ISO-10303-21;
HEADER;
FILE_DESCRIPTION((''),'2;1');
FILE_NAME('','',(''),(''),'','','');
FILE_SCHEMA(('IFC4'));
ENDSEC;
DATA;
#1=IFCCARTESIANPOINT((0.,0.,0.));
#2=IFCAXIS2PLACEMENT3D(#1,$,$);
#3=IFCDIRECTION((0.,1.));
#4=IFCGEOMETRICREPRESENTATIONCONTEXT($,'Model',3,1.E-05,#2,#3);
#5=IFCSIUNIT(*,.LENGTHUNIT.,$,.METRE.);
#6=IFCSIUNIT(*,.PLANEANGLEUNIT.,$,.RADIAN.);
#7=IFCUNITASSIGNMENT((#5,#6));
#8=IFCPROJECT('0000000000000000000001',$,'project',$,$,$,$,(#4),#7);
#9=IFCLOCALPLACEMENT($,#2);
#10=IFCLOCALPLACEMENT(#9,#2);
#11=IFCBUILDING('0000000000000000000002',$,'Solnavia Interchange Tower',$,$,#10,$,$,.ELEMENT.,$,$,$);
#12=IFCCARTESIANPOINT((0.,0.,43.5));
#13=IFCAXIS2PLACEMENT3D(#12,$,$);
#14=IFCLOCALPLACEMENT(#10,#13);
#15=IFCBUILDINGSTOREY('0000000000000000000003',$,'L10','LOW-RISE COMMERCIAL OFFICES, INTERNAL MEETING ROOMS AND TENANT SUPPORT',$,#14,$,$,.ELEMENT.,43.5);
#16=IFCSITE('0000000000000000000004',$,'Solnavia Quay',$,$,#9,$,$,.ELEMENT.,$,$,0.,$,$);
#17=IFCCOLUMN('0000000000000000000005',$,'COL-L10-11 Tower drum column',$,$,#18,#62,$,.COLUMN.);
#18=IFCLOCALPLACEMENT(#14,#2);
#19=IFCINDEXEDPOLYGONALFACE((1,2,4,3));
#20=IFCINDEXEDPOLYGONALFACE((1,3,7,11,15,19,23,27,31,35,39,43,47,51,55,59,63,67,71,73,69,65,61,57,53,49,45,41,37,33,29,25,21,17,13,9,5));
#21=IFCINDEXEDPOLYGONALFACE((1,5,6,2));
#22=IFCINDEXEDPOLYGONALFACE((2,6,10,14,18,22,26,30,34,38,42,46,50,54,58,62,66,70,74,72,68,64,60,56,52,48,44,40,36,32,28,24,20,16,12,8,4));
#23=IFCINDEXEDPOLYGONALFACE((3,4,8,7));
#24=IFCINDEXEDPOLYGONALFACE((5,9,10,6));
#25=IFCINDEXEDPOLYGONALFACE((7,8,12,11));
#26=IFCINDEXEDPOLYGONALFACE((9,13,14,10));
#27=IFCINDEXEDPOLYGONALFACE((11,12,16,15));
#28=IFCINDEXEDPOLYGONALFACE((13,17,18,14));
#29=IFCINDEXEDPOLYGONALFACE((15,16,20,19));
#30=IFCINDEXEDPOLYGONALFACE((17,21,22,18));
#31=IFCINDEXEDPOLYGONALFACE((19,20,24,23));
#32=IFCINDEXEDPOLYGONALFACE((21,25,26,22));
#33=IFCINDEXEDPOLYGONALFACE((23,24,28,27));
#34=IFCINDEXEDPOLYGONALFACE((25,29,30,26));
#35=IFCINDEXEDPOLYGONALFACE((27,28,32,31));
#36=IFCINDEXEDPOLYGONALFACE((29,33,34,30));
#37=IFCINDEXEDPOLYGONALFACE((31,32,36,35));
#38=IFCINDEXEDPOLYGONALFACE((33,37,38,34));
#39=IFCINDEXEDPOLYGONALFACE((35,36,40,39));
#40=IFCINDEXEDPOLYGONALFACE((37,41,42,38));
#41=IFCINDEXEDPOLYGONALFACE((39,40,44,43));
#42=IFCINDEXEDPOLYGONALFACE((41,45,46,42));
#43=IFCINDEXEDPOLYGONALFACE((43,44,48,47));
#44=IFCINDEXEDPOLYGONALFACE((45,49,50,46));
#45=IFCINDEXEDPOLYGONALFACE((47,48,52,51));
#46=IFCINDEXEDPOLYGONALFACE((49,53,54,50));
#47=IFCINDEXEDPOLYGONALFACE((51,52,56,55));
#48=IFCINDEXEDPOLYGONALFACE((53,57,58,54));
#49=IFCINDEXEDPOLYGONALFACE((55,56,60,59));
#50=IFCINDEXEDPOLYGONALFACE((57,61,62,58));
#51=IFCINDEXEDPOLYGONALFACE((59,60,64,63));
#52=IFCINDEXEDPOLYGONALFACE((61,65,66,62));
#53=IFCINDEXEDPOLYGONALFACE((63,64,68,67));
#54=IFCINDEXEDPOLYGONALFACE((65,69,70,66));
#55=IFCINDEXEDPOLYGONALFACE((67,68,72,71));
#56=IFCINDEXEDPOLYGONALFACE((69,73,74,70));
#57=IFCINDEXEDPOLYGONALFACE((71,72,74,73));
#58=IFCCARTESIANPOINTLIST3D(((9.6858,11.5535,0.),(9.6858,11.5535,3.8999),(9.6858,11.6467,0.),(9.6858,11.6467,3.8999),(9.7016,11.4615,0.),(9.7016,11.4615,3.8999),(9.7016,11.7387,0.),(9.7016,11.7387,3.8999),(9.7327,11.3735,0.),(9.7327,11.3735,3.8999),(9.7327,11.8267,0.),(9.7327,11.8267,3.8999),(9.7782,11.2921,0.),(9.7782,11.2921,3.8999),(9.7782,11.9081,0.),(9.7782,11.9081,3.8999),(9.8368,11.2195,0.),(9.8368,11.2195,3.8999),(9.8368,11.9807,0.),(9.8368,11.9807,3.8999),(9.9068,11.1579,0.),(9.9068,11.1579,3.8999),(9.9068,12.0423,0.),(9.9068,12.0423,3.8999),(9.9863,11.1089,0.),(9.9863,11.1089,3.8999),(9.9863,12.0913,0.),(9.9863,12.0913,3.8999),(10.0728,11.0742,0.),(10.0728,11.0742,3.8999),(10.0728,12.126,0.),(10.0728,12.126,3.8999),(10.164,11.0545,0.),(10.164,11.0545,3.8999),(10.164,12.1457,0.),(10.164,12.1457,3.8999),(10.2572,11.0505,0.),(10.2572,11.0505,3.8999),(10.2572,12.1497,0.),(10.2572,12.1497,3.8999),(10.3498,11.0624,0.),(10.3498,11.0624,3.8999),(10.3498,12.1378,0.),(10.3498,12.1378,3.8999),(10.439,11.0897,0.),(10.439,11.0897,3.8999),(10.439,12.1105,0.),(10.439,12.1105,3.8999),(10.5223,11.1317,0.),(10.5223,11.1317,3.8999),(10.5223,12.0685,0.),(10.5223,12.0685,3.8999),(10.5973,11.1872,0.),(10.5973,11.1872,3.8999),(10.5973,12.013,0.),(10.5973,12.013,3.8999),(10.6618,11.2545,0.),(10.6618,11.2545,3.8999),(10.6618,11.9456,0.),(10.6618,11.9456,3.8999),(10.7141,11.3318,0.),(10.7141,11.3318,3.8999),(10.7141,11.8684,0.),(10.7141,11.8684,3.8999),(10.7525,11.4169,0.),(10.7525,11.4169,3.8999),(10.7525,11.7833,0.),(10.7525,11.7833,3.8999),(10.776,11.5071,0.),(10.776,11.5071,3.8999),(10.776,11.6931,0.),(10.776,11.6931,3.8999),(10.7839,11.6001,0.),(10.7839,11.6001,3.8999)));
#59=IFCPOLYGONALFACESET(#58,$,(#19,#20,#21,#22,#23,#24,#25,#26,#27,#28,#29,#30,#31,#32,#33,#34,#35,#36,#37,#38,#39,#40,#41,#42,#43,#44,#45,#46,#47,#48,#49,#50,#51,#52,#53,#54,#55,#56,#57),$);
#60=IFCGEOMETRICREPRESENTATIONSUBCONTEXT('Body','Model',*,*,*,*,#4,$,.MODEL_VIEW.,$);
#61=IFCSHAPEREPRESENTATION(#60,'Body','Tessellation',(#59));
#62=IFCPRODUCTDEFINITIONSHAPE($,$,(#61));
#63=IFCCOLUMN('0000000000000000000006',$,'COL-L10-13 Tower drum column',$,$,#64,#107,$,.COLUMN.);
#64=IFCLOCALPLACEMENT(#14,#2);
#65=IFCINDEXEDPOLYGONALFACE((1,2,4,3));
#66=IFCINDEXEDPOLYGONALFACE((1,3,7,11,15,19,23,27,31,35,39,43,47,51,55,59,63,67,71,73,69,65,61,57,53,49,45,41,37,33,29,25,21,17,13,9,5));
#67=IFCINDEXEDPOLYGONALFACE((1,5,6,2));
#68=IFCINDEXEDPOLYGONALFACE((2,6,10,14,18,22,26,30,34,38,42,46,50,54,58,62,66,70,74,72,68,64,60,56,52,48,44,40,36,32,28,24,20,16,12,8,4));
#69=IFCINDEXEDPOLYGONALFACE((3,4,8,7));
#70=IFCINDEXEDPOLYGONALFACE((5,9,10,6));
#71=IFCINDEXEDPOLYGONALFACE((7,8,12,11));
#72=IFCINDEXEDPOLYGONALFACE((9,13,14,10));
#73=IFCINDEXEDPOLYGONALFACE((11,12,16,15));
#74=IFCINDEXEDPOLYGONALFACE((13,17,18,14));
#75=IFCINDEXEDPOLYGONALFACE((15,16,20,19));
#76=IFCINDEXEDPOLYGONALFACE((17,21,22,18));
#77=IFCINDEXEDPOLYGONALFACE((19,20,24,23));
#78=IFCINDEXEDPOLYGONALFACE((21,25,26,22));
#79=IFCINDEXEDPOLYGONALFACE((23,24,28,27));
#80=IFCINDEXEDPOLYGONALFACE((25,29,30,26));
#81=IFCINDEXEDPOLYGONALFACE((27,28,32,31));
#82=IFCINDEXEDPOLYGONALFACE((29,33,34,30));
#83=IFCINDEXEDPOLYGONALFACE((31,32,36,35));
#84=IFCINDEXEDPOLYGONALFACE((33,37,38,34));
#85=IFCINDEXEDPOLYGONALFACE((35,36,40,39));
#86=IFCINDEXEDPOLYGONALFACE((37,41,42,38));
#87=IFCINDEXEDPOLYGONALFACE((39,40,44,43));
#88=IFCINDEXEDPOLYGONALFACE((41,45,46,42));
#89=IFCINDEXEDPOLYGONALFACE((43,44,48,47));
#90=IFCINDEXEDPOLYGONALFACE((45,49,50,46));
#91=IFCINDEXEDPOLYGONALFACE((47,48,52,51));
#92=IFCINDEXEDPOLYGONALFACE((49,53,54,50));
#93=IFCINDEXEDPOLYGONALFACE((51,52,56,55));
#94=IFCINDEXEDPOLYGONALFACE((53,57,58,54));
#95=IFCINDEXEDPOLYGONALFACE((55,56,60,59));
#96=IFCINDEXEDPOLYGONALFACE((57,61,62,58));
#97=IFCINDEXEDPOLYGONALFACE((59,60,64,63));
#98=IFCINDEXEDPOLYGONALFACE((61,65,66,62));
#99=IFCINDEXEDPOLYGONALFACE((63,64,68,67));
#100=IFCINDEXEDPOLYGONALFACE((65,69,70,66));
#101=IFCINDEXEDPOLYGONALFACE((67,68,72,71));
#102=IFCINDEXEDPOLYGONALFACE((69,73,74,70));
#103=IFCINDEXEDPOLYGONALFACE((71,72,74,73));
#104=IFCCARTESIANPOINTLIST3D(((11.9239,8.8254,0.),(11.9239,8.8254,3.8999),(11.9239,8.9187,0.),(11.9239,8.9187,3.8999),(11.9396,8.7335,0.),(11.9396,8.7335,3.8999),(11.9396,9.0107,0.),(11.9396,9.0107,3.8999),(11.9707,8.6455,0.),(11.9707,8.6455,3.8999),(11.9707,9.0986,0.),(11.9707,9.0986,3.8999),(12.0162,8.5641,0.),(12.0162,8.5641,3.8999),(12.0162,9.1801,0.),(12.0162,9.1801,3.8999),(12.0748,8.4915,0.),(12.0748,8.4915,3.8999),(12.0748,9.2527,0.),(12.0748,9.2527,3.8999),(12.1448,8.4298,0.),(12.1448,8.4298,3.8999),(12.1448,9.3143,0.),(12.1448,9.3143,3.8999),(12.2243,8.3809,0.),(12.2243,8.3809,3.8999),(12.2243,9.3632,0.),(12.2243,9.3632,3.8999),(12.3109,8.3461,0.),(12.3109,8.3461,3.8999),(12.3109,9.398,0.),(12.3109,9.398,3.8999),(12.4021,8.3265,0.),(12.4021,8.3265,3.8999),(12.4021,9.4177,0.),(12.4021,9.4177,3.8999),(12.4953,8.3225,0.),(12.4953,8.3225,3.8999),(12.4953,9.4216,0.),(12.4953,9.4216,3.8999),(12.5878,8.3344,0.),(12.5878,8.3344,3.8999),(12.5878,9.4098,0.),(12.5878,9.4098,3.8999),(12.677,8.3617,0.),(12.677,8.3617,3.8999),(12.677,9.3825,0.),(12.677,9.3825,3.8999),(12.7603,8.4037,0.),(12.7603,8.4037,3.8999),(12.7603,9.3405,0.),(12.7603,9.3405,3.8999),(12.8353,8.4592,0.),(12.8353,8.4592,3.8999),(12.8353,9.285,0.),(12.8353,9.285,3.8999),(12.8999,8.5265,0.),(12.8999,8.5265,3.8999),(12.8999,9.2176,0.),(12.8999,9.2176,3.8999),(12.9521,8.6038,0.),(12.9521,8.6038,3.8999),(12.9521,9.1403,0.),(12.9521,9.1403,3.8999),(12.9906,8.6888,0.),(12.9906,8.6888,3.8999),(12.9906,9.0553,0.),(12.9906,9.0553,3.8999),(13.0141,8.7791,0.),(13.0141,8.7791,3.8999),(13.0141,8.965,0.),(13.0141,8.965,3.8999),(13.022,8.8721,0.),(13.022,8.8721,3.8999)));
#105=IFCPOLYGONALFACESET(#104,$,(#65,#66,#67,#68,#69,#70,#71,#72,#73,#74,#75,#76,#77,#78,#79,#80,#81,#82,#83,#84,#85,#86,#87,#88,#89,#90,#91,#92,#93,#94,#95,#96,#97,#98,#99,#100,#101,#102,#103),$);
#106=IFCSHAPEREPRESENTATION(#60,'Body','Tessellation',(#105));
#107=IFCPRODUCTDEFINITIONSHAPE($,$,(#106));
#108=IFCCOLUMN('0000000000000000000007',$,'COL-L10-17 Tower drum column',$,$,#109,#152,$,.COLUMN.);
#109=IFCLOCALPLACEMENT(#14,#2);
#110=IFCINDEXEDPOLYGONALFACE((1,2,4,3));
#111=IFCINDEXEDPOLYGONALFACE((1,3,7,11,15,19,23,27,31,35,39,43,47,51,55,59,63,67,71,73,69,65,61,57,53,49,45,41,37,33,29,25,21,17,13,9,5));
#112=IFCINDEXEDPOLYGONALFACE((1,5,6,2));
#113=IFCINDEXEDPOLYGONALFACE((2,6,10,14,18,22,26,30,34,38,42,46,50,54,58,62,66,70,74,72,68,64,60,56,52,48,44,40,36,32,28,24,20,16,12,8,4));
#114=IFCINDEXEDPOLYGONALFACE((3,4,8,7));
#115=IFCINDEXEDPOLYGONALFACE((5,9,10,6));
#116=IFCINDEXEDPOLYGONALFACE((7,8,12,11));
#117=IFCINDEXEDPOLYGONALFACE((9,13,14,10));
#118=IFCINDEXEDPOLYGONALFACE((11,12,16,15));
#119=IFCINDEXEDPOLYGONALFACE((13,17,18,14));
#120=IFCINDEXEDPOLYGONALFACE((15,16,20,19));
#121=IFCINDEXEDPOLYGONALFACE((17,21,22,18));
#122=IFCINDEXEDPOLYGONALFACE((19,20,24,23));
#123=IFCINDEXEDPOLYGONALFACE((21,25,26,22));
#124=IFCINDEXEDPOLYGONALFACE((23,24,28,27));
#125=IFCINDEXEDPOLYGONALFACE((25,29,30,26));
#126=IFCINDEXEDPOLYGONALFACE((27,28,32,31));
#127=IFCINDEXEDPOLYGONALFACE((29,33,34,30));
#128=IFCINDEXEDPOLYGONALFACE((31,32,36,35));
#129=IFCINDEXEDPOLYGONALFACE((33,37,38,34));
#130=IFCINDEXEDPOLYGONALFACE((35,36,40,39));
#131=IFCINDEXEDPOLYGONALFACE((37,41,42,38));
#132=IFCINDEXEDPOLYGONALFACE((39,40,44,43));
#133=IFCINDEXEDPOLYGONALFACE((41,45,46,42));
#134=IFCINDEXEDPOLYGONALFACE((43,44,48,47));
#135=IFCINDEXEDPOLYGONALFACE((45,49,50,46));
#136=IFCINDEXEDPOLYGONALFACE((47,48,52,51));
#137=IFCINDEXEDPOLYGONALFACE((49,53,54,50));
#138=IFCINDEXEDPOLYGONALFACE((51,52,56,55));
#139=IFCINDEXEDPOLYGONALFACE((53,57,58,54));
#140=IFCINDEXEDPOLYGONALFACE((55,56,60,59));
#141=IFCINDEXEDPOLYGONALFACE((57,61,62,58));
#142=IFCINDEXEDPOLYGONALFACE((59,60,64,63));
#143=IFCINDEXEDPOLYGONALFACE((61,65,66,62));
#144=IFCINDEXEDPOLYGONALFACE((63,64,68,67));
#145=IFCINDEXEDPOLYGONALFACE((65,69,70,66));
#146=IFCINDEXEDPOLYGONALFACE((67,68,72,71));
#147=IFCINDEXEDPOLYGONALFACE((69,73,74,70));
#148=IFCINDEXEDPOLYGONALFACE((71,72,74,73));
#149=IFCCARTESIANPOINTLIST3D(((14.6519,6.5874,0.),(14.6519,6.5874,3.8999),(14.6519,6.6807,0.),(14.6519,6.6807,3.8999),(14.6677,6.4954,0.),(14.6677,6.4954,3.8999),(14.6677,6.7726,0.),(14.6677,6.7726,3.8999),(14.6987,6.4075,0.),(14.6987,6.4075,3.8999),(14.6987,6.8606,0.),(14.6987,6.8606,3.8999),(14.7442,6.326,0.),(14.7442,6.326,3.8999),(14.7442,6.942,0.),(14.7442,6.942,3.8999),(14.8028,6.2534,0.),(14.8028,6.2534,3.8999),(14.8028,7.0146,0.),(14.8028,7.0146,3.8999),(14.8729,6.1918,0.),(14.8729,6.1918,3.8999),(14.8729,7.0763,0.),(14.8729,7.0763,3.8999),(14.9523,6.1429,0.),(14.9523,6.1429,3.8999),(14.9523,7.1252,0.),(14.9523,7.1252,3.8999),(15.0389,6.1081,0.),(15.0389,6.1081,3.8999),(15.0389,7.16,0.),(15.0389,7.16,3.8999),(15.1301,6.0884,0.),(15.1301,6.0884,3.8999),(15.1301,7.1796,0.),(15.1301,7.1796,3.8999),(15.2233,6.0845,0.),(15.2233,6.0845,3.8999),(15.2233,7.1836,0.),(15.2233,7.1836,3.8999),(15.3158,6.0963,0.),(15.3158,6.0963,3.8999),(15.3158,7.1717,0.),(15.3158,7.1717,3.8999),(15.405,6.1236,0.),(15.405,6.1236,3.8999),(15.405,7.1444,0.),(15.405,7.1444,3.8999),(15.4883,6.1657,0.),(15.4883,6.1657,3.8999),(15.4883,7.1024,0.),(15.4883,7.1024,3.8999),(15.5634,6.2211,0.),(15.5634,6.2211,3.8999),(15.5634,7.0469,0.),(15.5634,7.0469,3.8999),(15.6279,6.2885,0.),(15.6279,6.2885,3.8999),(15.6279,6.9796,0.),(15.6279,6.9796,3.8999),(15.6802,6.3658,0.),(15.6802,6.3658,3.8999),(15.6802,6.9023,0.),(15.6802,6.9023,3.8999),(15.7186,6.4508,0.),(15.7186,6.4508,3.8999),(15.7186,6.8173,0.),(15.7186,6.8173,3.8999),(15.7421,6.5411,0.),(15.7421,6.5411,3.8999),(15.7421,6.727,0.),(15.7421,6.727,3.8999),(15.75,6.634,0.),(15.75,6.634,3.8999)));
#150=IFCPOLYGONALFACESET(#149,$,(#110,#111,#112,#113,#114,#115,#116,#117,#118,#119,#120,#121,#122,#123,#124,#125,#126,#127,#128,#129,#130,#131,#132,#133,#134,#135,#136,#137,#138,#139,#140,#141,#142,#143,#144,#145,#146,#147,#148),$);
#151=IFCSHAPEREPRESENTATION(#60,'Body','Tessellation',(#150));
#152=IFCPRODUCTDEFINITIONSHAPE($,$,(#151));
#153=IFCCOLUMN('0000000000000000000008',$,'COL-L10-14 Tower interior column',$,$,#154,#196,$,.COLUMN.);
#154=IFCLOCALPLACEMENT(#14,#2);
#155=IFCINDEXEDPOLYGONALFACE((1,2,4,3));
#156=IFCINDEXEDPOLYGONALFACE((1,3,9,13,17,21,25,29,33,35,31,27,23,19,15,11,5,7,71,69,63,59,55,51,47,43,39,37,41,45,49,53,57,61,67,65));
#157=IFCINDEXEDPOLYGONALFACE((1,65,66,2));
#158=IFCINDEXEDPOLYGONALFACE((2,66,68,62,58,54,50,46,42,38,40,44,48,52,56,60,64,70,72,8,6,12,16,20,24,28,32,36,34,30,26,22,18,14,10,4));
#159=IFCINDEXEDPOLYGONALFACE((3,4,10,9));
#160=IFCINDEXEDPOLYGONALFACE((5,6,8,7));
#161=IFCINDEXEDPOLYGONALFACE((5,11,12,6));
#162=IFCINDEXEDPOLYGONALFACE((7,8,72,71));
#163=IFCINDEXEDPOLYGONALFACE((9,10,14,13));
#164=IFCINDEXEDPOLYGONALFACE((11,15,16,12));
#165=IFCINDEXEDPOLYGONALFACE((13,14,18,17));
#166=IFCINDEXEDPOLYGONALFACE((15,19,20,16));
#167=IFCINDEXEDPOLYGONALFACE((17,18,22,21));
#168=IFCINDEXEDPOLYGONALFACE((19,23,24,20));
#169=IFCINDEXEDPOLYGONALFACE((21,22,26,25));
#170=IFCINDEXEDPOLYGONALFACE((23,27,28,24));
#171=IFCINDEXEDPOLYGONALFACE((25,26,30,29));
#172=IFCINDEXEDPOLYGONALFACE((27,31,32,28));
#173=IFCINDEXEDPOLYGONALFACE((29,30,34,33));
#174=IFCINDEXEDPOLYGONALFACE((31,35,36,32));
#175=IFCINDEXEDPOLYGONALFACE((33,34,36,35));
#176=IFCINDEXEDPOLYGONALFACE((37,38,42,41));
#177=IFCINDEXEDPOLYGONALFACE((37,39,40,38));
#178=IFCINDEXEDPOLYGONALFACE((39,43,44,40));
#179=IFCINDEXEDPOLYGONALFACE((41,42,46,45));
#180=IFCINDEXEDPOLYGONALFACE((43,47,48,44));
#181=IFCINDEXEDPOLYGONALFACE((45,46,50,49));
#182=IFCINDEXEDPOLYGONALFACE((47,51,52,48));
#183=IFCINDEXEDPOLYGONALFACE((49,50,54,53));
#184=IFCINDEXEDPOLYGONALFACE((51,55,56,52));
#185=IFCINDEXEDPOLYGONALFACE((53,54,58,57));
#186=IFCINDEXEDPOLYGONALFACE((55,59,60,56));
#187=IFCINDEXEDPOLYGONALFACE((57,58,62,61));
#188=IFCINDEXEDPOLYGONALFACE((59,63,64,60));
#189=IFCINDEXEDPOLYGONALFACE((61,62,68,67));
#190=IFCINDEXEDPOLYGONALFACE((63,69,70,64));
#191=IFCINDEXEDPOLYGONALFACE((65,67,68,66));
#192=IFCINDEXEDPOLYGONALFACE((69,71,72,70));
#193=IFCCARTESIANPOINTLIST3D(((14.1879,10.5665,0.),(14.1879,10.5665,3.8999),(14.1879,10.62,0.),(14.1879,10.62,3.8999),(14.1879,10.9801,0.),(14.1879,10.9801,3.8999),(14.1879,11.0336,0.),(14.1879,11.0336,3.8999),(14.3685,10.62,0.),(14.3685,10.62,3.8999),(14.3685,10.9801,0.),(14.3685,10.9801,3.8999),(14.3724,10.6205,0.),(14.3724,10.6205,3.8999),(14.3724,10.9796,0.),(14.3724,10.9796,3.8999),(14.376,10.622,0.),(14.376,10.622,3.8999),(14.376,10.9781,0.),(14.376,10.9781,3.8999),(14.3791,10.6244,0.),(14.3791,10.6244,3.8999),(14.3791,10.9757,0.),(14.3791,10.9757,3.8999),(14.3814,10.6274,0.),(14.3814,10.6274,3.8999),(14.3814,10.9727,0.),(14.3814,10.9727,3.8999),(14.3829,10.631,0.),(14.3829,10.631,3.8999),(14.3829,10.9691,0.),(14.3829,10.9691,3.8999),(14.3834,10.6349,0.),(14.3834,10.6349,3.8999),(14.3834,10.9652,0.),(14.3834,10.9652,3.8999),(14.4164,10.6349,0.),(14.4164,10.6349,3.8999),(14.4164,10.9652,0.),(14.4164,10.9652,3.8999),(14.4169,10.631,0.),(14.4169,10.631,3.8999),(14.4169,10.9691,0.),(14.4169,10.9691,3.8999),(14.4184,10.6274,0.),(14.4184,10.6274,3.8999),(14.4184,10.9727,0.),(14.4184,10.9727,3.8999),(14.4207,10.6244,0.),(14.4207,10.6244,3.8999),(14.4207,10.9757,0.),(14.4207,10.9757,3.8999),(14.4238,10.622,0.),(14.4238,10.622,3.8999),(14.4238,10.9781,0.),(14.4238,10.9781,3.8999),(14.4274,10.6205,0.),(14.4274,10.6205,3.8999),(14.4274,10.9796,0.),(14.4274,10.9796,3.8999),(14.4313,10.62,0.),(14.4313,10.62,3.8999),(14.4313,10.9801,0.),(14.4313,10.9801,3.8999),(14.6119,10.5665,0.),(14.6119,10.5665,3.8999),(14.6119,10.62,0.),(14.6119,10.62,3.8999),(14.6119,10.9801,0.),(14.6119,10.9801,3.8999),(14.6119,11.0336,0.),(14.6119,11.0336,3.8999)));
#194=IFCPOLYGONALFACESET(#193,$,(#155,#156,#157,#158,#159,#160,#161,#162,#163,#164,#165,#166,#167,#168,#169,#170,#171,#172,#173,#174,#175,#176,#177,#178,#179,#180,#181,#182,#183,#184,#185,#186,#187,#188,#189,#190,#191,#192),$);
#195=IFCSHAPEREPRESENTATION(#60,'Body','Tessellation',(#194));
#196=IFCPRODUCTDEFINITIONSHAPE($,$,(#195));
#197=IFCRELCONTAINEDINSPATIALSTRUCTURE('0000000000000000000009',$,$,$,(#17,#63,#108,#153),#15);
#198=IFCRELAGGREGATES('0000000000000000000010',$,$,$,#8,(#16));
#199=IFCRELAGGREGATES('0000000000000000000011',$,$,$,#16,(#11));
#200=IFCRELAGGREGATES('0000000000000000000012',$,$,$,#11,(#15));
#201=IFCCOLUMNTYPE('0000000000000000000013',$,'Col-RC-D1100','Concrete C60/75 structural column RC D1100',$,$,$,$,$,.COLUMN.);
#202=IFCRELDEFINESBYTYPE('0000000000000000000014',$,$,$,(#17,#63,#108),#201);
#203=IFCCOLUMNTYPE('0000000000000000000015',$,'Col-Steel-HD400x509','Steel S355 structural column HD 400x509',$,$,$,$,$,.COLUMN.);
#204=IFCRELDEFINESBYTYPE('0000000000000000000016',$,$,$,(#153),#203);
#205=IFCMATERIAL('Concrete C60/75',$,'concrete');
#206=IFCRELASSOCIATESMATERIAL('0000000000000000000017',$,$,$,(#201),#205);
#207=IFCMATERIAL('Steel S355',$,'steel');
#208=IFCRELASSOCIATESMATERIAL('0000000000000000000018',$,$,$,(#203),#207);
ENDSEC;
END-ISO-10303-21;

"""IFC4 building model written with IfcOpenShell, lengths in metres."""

from ifc_helpers import new_model, si_unit, direction, frame, origin, origin_2d, place, context, subcontext, project, spatial, circle, i_section, extrude, material, material_profile, profile_set, type_object, element, save


model = new_model("IFC4")

# Units and contexts
model_context = context("Model", 3, precision=1e-05, world=origin(), true_north=direction((0.0, 1.0)))
body_context = subcontext(model_context, "Body", "Model", "MODEL_VIEW")
ifc_project = project(units=[si_unit("LENGTHUNIT", "METRE"), si_unit("PLANEANGLEUNIT", "RADIAN")], contexts=[model_context])

# Site, building, storey
site_placement = place(None, origin())
site = spatial("IfcSite", under=ifc_project, at=site_placement, Name="Solnavia Quay", CompositionType="ELEMENT", RefElevation=0.0)
building_placement = place(site_placement, origin())
building = spatial("IfcBuilding", under=site, at=building_placement, Name="Solnavia Interchange Tower", CompositionType="ELEMENT")
storey_placement = place(building_placement, frame((0.0, 0.0, 43.5)))
storey = spatial("IfcBuildingStorey", under=building, at=storey_placement, Name="L10", Description="LOW-RISE COMMERCIAL OFFICES, INTERNAL MEETING ROOMS AND TENANT SUPPORT", CompositionType="ELEMENT", Elevation=43.5)

# Columns
ifc_material_1 = material(Name="Concrete C60/75", Category="concrete")
ifc_material_profile_1 = material_profile(ifc_material_1, circle(Radius=0.55, at=origin_2d()), Name="RC D1100")
ifc_profile_set_1 = profile_set([ifc_material_profile_1], Name="Concrete C60/75")
column_type_1 = type_object("IfcColumnType", Name="Col-RC-D1100", Description="Concrete C60/75 structural column RC D1100", PredefinedType="COLUMN", material=ifc_profile_set_1)
for number, where, z_axis, x_axis, name in (
    (1, (10.2339, 11.6001, 0.0), (0.0, 0.0, 1.0), (1.0, 0.0, 0.0), "COL-L10-11 Tower drum column"),
    (2, (12.4719, 8.8721, 0.0), (0.0, 0.0, 1.0), (1.0, 0.0, 0.0), "COL-L10-13 Tower drum column"),
    (3, (15.2, 6.634, 0.0), (0.0, 0.0, 1.0), (1.0, 0.0, 0.0), "COL-L10-17 Tower drum column"),
):
    element("IfcColumn", number, at=place(storey_placement, frame(where, z_axis=z_axis, x_axis=x_axis)), inside=storey, type_object=column_type_1, Name=name, PredefinedType="COLUMN", context=body_context, shape_type="SweptSolid", body=[
        extrude(circle(Radius=0.55, at=origin_2d()), origin(), (0.0, 0.0, 1.0), 3.8999),
    ])
ifc_material_2 = material(Name="Steel S355", Category="steel")
ifc_material_profile_2 = material_profile(ifc_material_2, i_section(OverallWidth=0.4241, OverallDepth=0.467, WebThickness=0.033, FlangeThickness=0.0535, FilletRadius=0.0149, at=origin_2d()), Name="HD 400x509")
ifc_profile_set_2 = profile_set([ifc_material_profile_2], Name="Steel S355")
column_type_2 = type_object("IfcColumnType", Name="Col-Steel-HD400x509", Description="Steel S355 structural column HD 400x509", PredefinedType="COLUMN", material=ifc_profile_set_2)
column_placement = place(storey_placement, frame((14.3999, 10.8, 0.0), z_axis=(0.0, 0.0, 1.0), x_axis=(1.0, 0.0, 0.0)))
element("IfcColumn", 4, at=column_placement, inside=storey, type_object=column_type_2, Name="COL-L10-14 Tower interior column", PredefinedType="COLUMN", context=body_context, shape_type="SweptSolid", body=[
    extrude(i_section(OverallWidth=0.4241, OverallDepth=0.467, WebThickness=0.033, FlangeThickness=0.0535, FilletRadius=0.0149, at=origin_2d()), origin(), (0.0, 0.0, 1.0), 3.8999),
])

save(model, "model.ifc")
